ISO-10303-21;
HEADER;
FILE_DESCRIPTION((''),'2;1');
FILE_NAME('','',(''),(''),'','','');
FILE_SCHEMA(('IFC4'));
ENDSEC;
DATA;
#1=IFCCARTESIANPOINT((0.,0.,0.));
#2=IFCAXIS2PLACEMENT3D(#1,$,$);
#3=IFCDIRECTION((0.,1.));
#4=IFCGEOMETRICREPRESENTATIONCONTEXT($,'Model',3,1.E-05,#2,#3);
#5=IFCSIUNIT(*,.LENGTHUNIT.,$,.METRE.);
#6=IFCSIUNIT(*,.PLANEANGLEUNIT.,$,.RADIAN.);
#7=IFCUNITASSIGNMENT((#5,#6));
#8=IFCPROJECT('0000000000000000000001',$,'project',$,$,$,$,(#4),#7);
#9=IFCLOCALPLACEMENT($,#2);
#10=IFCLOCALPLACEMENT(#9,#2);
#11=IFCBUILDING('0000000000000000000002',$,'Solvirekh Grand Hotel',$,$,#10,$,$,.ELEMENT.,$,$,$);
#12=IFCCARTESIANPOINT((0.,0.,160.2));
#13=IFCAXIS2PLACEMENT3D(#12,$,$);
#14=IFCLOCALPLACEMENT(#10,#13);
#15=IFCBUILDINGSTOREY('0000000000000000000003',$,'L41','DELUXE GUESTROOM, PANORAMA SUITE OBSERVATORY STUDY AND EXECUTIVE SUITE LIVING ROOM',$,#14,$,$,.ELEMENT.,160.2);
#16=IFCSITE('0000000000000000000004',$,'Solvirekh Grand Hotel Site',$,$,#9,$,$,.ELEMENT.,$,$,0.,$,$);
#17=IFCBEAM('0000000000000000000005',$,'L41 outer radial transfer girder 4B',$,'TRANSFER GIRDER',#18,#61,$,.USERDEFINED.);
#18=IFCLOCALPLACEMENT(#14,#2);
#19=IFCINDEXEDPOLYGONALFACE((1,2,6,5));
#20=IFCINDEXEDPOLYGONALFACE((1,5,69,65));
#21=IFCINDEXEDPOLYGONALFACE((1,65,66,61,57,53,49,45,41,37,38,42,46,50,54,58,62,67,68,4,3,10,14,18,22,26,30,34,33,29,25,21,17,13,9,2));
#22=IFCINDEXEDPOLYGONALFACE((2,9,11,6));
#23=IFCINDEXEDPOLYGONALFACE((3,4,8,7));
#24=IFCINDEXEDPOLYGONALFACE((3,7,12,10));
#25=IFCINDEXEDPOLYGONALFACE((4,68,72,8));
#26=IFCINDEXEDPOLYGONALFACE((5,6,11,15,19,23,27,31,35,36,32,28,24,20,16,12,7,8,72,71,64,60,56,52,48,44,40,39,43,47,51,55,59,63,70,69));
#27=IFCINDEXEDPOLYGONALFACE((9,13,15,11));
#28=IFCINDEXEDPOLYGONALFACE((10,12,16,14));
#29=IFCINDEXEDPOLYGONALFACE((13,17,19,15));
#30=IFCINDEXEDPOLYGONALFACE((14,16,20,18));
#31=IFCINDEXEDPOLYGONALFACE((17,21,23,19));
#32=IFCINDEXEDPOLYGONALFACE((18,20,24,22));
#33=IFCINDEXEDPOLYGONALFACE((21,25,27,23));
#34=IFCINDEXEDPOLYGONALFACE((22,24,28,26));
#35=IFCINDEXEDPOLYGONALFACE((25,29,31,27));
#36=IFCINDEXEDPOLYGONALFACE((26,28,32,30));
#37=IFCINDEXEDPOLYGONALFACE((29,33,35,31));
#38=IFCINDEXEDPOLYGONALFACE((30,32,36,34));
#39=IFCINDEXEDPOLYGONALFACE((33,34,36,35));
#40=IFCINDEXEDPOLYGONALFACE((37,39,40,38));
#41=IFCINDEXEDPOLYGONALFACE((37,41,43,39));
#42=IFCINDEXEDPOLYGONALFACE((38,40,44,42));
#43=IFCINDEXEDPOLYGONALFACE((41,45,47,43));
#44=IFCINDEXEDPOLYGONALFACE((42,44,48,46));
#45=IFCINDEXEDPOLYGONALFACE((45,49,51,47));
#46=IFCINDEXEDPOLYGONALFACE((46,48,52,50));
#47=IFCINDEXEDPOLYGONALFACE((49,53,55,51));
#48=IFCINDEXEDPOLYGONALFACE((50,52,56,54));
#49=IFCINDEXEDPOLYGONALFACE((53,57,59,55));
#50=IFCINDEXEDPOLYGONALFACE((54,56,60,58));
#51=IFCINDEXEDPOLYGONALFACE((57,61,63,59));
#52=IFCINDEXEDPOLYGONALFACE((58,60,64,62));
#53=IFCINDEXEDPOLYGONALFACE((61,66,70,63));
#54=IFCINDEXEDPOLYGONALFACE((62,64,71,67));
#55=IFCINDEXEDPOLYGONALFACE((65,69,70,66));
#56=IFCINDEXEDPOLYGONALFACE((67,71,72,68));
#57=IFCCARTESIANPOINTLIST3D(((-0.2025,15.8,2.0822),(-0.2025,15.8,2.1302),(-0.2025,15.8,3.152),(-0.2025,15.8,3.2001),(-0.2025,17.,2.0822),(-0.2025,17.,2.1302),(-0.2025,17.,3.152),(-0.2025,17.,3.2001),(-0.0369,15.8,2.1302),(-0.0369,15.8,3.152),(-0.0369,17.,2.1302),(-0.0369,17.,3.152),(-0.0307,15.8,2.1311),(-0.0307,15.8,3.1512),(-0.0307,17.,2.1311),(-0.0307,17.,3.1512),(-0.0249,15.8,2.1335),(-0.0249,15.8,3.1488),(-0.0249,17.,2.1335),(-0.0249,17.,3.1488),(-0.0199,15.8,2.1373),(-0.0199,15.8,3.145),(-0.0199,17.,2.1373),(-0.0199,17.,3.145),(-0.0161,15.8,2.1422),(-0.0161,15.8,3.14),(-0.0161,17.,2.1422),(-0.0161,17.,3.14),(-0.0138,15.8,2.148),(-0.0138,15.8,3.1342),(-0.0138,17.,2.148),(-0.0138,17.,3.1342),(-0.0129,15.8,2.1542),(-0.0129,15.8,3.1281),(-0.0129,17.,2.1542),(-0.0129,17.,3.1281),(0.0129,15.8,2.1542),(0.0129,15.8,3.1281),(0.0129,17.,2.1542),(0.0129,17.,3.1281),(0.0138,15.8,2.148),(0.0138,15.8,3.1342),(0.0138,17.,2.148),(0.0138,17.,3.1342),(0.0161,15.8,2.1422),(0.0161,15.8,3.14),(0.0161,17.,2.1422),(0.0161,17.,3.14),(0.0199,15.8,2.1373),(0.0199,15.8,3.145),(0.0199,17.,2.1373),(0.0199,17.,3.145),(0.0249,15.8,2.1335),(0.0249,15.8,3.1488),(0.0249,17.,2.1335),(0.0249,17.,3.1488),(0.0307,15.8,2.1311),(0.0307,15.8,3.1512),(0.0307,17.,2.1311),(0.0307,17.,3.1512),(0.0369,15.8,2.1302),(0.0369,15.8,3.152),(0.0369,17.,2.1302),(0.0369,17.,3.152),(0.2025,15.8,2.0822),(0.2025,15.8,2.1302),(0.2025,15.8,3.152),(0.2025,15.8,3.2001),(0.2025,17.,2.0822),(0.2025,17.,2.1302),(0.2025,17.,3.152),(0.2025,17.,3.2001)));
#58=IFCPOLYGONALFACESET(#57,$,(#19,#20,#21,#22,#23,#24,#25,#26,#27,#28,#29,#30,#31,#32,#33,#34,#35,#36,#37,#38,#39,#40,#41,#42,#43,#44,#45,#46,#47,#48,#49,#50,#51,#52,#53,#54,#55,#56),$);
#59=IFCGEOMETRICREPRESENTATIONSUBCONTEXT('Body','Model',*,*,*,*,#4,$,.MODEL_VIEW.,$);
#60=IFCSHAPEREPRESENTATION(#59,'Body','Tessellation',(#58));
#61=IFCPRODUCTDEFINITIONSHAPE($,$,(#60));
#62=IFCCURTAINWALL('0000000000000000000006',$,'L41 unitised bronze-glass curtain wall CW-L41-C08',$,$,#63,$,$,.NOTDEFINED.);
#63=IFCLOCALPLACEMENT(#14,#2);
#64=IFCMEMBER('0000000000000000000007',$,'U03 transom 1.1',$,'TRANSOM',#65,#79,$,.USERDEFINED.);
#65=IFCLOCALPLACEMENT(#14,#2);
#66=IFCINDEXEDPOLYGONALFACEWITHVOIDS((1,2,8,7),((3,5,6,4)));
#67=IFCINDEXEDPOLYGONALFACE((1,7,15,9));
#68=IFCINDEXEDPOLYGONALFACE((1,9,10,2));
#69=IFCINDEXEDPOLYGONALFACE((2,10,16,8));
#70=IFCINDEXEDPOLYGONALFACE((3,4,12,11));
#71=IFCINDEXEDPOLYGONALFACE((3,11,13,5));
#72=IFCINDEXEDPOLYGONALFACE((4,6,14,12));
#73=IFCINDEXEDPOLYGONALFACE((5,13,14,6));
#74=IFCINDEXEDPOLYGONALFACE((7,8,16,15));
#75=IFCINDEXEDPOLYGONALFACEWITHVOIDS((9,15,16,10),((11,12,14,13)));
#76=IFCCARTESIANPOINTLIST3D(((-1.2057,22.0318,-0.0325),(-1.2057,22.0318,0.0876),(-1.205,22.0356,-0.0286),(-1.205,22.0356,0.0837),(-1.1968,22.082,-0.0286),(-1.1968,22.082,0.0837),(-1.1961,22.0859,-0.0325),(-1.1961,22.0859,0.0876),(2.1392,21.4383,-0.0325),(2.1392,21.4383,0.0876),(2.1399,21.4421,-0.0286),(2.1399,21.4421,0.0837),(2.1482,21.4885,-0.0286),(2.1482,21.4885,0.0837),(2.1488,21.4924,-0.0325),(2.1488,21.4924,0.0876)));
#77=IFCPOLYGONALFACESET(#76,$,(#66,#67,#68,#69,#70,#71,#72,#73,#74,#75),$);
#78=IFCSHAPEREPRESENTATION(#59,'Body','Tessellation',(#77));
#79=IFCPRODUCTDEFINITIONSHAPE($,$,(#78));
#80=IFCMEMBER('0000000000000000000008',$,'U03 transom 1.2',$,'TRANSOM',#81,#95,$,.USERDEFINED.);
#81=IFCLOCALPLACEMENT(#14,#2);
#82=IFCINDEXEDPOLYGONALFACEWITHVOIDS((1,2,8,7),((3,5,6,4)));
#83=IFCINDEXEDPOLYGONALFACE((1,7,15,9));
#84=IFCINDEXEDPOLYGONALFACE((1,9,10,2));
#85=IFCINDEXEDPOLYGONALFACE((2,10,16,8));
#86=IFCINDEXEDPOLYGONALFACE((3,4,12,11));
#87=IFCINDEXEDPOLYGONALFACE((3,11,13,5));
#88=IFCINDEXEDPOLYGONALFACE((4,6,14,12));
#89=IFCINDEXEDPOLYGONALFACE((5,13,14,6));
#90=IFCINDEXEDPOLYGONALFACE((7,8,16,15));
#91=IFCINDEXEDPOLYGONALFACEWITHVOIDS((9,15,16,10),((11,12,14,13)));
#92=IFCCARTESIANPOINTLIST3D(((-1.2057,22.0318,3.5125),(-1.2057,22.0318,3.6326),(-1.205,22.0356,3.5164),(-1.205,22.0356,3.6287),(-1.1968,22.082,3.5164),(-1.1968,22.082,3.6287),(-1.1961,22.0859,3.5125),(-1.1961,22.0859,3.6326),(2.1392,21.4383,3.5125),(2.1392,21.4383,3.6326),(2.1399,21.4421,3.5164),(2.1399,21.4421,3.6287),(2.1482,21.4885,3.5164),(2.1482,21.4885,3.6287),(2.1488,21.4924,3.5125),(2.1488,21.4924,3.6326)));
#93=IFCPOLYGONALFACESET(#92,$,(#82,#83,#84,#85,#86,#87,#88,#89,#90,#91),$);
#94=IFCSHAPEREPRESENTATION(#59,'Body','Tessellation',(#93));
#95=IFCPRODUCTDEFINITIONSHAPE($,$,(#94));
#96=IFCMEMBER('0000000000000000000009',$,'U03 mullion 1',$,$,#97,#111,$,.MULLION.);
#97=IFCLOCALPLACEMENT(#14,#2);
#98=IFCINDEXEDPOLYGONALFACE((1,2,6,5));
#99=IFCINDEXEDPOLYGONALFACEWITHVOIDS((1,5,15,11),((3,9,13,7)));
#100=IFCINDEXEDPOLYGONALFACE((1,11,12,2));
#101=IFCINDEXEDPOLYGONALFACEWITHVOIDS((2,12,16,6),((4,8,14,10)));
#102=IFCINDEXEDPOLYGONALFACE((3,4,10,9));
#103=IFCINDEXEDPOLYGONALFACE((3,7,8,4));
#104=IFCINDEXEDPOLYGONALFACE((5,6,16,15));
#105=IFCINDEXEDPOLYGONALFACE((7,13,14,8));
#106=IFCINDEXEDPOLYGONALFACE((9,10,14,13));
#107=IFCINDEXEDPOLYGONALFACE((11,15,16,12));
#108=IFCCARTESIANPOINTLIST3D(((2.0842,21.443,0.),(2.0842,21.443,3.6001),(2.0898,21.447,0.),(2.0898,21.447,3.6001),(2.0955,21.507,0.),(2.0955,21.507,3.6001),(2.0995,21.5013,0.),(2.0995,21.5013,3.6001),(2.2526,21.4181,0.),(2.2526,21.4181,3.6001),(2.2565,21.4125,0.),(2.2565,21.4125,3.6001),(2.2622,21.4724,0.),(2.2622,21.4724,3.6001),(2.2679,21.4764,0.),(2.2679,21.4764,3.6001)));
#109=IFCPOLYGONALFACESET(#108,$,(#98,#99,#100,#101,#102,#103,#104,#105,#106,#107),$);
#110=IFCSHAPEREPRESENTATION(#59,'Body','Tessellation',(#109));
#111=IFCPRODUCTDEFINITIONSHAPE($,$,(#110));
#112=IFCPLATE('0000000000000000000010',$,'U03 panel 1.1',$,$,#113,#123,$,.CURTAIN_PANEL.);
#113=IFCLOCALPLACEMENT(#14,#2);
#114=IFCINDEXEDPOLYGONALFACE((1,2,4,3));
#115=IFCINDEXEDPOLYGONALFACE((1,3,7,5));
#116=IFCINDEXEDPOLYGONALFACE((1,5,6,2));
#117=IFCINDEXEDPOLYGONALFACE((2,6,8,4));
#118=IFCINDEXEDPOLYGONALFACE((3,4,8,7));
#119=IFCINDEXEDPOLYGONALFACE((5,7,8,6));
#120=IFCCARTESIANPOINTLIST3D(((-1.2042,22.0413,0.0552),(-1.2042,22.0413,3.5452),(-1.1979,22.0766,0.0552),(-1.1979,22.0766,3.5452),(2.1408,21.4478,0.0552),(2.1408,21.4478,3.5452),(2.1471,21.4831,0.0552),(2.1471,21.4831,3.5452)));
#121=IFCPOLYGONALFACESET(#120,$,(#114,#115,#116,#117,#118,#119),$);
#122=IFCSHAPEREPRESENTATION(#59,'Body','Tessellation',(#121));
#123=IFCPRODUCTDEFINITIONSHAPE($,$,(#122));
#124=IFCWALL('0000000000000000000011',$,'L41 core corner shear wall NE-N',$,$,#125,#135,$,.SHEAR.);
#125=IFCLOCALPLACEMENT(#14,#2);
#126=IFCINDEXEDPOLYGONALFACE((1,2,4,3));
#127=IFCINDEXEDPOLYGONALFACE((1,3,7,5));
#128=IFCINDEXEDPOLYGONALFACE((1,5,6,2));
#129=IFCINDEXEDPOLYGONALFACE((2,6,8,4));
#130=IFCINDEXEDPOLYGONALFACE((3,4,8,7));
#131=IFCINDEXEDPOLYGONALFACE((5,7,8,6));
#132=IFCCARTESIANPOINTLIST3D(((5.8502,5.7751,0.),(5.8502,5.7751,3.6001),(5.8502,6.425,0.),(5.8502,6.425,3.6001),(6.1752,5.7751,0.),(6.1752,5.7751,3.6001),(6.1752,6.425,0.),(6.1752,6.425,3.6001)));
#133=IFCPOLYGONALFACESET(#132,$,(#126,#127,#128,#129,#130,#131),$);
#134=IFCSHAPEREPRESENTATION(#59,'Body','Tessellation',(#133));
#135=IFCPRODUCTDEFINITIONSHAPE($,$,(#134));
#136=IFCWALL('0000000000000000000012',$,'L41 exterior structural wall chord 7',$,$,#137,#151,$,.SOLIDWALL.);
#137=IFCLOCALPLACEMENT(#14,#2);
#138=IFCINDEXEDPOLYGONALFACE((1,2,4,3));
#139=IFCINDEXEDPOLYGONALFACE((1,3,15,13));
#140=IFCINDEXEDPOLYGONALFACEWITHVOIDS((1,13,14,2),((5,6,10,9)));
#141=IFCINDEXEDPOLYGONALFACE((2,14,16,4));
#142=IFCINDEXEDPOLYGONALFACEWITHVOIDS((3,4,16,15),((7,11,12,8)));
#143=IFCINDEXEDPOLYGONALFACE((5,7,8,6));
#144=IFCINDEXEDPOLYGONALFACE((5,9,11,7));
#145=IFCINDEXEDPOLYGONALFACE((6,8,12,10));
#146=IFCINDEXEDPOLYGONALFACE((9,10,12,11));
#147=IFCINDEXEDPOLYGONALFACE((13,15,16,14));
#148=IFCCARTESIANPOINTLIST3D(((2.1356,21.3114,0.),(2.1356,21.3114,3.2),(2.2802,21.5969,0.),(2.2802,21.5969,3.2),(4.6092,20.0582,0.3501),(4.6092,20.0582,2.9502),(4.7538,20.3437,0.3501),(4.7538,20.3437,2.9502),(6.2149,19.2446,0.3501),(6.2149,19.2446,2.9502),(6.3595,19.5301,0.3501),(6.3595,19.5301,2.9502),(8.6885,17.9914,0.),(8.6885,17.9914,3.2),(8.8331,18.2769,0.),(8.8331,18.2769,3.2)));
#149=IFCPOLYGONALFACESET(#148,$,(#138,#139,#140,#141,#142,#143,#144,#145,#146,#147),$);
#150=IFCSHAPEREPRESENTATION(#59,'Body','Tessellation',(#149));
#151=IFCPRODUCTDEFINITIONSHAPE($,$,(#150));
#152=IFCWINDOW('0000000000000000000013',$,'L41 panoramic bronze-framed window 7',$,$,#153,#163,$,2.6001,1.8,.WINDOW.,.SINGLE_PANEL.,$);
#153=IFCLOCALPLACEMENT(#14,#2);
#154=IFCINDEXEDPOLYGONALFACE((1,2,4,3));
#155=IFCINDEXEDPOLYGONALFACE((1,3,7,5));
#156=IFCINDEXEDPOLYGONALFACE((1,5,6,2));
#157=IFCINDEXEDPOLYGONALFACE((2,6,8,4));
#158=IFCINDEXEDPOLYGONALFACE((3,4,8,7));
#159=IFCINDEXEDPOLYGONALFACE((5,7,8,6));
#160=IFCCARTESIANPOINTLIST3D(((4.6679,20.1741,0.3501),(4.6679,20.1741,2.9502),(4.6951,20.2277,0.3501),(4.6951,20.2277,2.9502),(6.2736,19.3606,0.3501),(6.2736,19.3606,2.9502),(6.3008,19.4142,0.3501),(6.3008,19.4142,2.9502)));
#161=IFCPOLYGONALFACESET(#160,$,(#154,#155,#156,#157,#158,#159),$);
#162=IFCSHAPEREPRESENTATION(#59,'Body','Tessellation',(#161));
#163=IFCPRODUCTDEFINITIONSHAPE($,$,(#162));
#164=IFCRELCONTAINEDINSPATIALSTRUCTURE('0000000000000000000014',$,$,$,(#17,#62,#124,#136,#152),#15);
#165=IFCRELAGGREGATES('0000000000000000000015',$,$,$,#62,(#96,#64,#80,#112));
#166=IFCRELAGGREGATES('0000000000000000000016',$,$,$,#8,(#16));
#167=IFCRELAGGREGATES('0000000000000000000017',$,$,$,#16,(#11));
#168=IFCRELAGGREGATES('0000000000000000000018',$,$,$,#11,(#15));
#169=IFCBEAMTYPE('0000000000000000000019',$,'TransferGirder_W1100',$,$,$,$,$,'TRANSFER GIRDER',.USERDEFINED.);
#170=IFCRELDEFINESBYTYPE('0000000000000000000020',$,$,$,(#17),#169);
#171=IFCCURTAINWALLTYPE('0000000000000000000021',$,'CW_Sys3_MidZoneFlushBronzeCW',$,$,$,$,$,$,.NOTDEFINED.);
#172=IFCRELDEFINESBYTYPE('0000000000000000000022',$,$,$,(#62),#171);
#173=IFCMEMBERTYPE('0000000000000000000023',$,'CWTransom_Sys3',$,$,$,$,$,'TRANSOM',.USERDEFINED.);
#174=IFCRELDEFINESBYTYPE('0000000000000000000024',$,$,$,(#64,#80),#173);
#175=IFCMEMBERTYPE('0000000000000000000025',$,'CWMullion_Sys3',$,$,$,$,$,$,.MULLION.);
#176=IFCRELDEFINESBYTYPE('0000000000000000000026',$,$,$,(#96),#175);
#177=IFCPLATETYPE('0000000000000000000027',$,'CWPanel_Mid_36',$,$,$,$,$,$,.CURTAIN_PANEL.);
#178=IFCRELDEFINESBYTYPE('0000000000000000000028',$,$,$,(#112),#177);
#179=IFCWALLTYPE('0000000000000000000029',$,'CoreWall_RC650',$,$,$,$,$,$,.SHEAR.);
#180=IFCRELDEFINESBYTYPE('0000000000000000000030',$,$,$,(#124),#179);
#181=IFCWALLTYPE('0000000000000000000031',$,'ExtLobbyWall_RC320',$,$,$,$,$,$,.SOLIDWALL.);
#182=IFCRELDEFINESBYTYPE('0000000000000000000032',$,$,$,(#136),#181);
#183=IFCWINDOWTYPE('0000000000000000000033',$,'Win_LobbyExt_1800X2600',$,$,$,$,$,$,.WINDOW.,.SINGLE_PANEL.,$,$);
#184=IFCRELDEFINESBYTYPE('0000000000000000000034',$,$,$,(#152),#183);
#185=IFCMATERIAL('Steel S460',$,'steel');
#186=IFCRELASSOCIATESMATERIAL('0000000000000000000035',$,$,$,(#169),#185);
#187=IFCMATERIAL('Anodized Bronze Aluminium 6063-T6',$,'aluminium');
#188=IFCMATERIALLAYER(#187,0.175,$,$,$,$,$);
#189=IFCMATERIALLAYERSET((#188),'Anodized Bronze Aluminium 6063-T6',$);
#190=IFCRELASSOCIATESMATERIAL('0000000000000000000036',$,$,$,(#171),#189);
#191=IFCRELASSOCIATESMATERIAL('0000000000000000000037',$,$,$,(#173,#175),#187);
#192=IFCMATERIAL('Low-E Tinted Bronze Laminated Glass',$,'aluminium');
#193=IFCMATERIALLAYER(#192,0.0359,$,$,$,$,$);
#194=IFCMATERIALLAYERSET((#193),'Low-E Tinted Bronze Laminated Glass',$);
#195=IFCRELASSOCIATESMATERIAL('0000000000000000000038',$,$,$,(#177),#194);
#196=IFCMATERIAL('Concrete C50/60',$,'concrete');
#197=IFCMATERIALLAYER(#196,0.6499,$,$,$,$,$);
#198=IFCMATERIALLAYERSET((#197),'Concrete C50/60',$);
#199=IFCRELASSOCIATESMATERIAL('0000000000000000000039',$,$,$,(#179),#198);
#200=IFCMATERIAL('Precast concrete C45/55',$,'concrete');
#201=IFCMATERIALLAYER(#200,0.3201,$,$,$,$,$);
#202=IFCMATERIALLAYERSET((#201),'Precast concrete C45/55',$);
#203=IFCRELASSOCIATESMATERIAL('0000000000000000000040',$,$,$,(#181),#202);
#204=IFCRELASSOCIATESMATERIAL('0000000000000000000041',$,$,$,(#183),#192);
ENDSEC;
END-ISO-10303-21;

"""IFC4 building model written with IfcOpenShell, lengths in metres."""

from ifc_helpers import new_model, si_unit, direction, frame, frame_2d, origin, origin_2d, place, context, subcontext, project, spatial, rectangle, hollow_rectangle, i_section, extrude, source, transform, mapped, material, layer, layer_set, material_profile, profile_set, type_object, element, fill, aggregate, save


model = new_model("IFC4")

# Units and contexts
model_context = context("Model", 3, precision=1e-05, world=origin(), true_north=direction((0.0, 1.0)))
body_context = subcontext(model_context, "Body", "Model", "MODEL_VIEW")
ifc_project = project(units=[si_unit("LENGTHUNIT", "METRE"), si_unit("PLANEANGLEUNIT", "RADIAN")], contexts=[model_context])

# Site, building, storey
site_placement = place(None, origin())
site = spatial("IfcSite", under=ifc_project, at=site_placement, Name="Solvirekh Grand Hotel Site", CompositionType="ELEMENT", RefElevation=0.0)
building_placement = place(site_placement, origin())
building = spatial("IfcBuilding", under=site, at=building_placement, Name="Solvirekh Grand Hotel", CompositionType="ELEMENT")
storey_placement = place(building_placement, frame((0.0, 0.0, 160.2)))
storey = spatial("IfcBuildingStorey", under=building, at=storey_placement, Name="L41", Description="DELUXE GUESTROOM, PANORAMA SUITE OBSERVATORY STUDY AND EXECUTIVE SUITE LIVING ROOM", CompositionType="ELEMENT", Elevation=160.2)

# Shared definitions
ifc_material_1 = material(Name="Concrete C50/60", Category="concrete")

# Beam
ifc_material_2 = material(Name="Steel S460", Category="steel")
ifc_material_profile_1 = material_profile(ifc_material_2, i_section(OverallWidth=0.405, OverallDepth=1.1179, WebThickness=0.0259, FlangeThickness=0.0481, FilletRadius=0.0239, at=origin_2d()), Name="W1100X499")
ifc_profile_set_1 = profile_set([ifc_material_profile_1], Name="Steel S460")
beam_type = type_object("IfcBeamType", Name="TransferGirder_W1100", ElementType="TRANSFER GIRDER", PredefinedType="USERDEFINED", material=ifc_profile_set_1)
beam_1_placement = place(storey_placement, frame((0.0, 15.8, 2.6411), z_axis=(0.0, 1.0, 0.0), x_axis=(-1.0, 0.0, 0.0)))
element("IfcBeam", 1, at=beam_1_placement, inside=storey, type_object=beam_type, Name="L41 outer radial transfer girder 4B", ObjectType="TRANSFER GIRDER", PredefinedType="USERDEFINED", context=body_context, shape_type="SweptSolid", body=[
    extrude(i_section(OverallWidth=0.405, OverallDepth=1.1179, WebThickness=0.0259, FlangeThickness=0.0481, FilletRadius=0.0239, at=origin_2d()), origin(), (0.0, 0.0, 1.0), 1.2),
])

# Curtain wall, members, plate
ifc_material_3 = material(Name="Anodized Bronze Aluminium 6063-T6", Category="aluminium")
ifc_layer_1 = layer(ifc_material_3, 0.175)
ifc_layer_set_1 = layer_set([ifc_layer_1], Name="Anodized Bronze Aluminium 6063-T6")
curtain_wall_type = type_object("IfcCurtainWallType", Name="CW_Sys3_MidZoneFlushBronzeCW", PredefinedType="NOTDEFINED", material=ifc_layer_set_1)
curtain_wall_placement = place(storey_placement, origin())
curtain_wall = element("IfcCurtainWall", 2, at=curtain_wall_placement, inside=storey, type_object=curtain_wall_type, Name="L41 unitised bronze-glass curtain wall CW-L41-C08", PredefinedType="NOTDEFINED")
ifc_material_profile_2 = material_profile(ifc_material_3, hollow_rectangle(XDim=0.0549, YDim=0.1201, WallThickness=0.0039, at=origin_2d()), Name="ALU RHS 120X55X4")
ifc_profile_set_2 = profile_set([ifc_material_profile_2], Name="Anodized Bronze Aluminium 6063-T6")
member_type_1 = type_object("IfcMemberType", Name="CWTransom_Sys3", ElementType="TRANSOM", PredefinedType="USERDEFINED", material=ifc_profile_set_2)
shared_shape_1 = source(origin(), body_context, "Body", "SweptSolid", [
    extrude(hollow_rectangle(XDim=0.0549, YDim=0.1201, WallThickness=0.0039, at=origin_2d()), origin(), (0.0, 0.0, 1.0), 3.3972),
])
member_1_placement = place(storey_placement, frame((2.144, 21.4653, 0.0276), z_axis=(-0.984621, 0.174704, 0.0), x_axis=(-0.174704, -0.984621, 0.0)))
member_1 = element("IfcMember", 3, at=member_1_placement, type_object=member_type_1, Name="U03 transom 1.1", ObjectType="TRANSOM", PredefinedType="USERDEFINED", context=body_context, shape_type="MappedRepresentation", body=[
    mapped(shared_shape_1, transform((0.0, 0.0, 0.0), x_axis=(1.0, 0.0, 0.0), y_axis=(0.0, 1.0, 0.0), z_axis=(0.0, 0.0, 1.0), scale=1.0)),
])
member_2_placement = place(storey_placement, frame((2.144, 21.4653, 3.5725), z_axis=(-0.984621, 0.174704, 0.0), x_axis=(-0.174704, -0.984621, 0.0)))
member_2 = element("IfcMember", 4, at=member_2_placement, type_object=member_type_1, Name="U03 transom 1.2", ObjectType="TRANSOM", PredefinedType="USERDEFINED", context=body_context, shape_type="MappedRepresentation", body=[
    mapped(shared_shape_1, transform((0.0, 0.0, 0.0), x_axis=(1.0, 0.0, 0.0), y_axis=(0.0, 1.0, 0.0), z_axis=(0.0, 0.0, 1.0), scale=1.0)),
])
ifc_material_profile_3 = material_profile(ifc_material_3, hollow_rectangle(XDim=0.0649, YDim=0.175, WallThickness=0.0049, at=origin_2d()), Name="ALU RHS 175X65X5")
ifc_profile_set_3 = profile_set([ifc_material_profile_3], Name="Anodized Bronze Aluminium 6063-T6")
member_type_2 = type_object("IfcMemberType", Name="CWMullion_Sys3", PredefinedType="MULLION", material=ifc_profile_set_3)
shared_shape_2 = source(origin(), body_context, "Body", "SweptSolid", [
    extrude(hollow_rectangle(XDim=0.0649, YDim=0.175, WallThickness=0.0049, at=origin_2d()), origin(), (0.0, 0.0, 1.0), 3.6001),
])
member_3_placement = place(storey_placement, frame((2.176, 21.4597, 0.0), z_axis=(0.0, 0.0, 1.0), x_axis=(-0.174691, -0.984623, 0.0)))
member_3 = element("IfcMember", 5, at=member_3_placement, type_object=member_type_2, Name="U03 mullion 1", PredefinedType="MULLION", context=body_context, shape_type="MappedRepresentation", body=[
    mapped(shared_shape_2, transform((0.0, 0.0, 0.0), x_axis=(1.0, 0.0, 0.0), y_axis=(0.0, 1.0, 0.0), z_axis=(0.0, 0.0, 1.0), scale=1.0)),
])
ifc_material_4 = material(Name="Low-E Tinted Bronze Laminated Glass", Category="aluminium")
ifc_layer_2 = layer(ifc_material_4, 0.0359)
ifc_layer_set_2 = layer_set([ifc_layer_2], Name="Low-E Tinted Bronze Laminated Glass")
plate_type = type_object("IfcPlateType", Name="CWPanel_Mid_36", PredefinedType="CURTAIN_PANEL", material=ifc_layer_set_2)
shared_shape_3 = source(origin(), body_context, "Body", "SweptSolid", [
    extrude(rectangle(XDim=3.3972, YDim=0.0359, at=origin_2d()), origin(), (0.0, 0.0, 1.0), 3.49),
])
plate_placement = place(storey_placement, frame((0.4714, 21.7622, 0.0552), z_axis=(0.0, 0.0, 1.0), x_axis=(-0.984623, 0.174691, 0.0)))
plate = element("IfcPlate", 6, at=plate_placement, type_object=plate_type, Name="U03 panel 1.1", PredefinedType="CURTAIN_PANEL", context=body_context, shape_type="MappedRepresentation", body=[
    mapped(shared_shape_3, transform((0.0, 0.0, 0.0), x_axis=(1.0, 0.0, 0.0), y_axis=(0.0, 1.0, 0.0), z_axis=(0.0, 0.0, 1.0), scale=1.0)),
])
aggregate(curtain_wall, [member_3, member_1, member_2, plate])

# Wall
ifc_layer_3 = layer(ifc_material_1, 0.6499)
ifc_layer_set_3 = layer_set([ifc_layer_3], Name="Concrete C50/60")
wall_type_1 = type_object("IfcWallType", Name="CoreWall_RC650", PredefinedType="SHEAR", material=ifc_layer_set_3)
wall_1_placement = place(storey_placement, frame((5.8501, 6.1001, 0.0), z_axis=(0.0, 0.0, 1.0), x_axis=(1.0, 0.0, 0.0)))
element("IfcWall", 7, at=wall_1_placement, inside=storey, type_object=wall_type_1, Name="L41 core corner shear wall NE-N", PredefinedType="SHEAR", context=body_context, shape_type="SweptSolid", body=[
    extrude(rectangle(XDim=0.325, YDim=0.6499, at=frame_2d((0.1626, 0.0))), origin(), (0.0, 0.0, 1.0), 3.6001),
])

# Wall, opening, window
ifc_material_5 = material(Name="Precast concrete C45/55", Category="concrete")
ifc_layer_4 = layer(ifc_material_5, 0.3201)
ifc_layer_set_4 = layer_set([ifc_layer_4], Name="Precast concrete C45/55")
wall_type_2 = type_object("IfcWallType", Name="ExtLobbyWall_RC320", PredefinedType="SOLIDWALL", material=ifc_layer_set_4)
wall_2_placement = place(storey_placement, frame((2.208, 21.4541, 0.0), z_axis=(0.0, 0.0, 1.0), x_axis=(0.892042, -0.451953, 0.0)))
wall_2 = element("IfcWall", 8, at=wall_2_placement, inside=storey, type_object=wall_type_2, Name="L41 exterior structural wall chord 7", PredefinedType="SOLIDWALL", context=body_context, shape_type="SweptSolid", body=[
    extrude(rectangle(XDim=7.3459, YDim=0.3201, at=frame_2d((3.6729, 0.0))), origin(), (0.0, 0.0, 1.0), 3.2),
])
opening_1_placement = place(wall_2_placement, frame((2.7729, 0.0, 0.3501)))
opening_1 = element("IfcOpeningElement", 9, at=opening_1_placement, cuts=wall_2, PredefinedType="OPENING", context=body_context, shape_type="SweptSolid", body=[
    extrude(rectangle(XDim=1.8, YDim=2.6001, at=frame_2d((0.8999, 1.3))), frame((0.0, 0.1699, 0.0), z_axis=(0.0, -1.0, 0.0), x_axis=(1.0, 0.0, 0.0)), (0.0, 0.0, 1.0), 0.3401),
])
window_type = type_object("IfcWindowType", Name="Win_LobbyExt_1800X2600", PartitioningType="SINGLE_PANEL", PredefinedType="WINDOW", material=ifc_material_4)
window_placement = place(opening_1_placement, origin())
window = element("IfcWindow", 10, at=window_placement, inside=storey, type_object=window_type, Name="L41 panoramic bronze-framed window 7", OverallHeight=2.6001, OverallWidth=1.8, PartitioningType="SINGLE_PANEL", PredefinedType="WINDOW", context=body_context, shape_type="SweptSolid", body=[
    extrude(rectangle(XDim=1.8, YDim=2.6001, at=frame_2d((0.8999, 1.3))), frame((0.0, 0.03, 0.0), z_axis=(0.0, -1.0, 0.0), x_axis=(1.0, 0.0, 0.0)), (0.0, 0.0, 1.0), 0.0601),
])
fill(opening_1, window)

save(model, "model.ifc")
